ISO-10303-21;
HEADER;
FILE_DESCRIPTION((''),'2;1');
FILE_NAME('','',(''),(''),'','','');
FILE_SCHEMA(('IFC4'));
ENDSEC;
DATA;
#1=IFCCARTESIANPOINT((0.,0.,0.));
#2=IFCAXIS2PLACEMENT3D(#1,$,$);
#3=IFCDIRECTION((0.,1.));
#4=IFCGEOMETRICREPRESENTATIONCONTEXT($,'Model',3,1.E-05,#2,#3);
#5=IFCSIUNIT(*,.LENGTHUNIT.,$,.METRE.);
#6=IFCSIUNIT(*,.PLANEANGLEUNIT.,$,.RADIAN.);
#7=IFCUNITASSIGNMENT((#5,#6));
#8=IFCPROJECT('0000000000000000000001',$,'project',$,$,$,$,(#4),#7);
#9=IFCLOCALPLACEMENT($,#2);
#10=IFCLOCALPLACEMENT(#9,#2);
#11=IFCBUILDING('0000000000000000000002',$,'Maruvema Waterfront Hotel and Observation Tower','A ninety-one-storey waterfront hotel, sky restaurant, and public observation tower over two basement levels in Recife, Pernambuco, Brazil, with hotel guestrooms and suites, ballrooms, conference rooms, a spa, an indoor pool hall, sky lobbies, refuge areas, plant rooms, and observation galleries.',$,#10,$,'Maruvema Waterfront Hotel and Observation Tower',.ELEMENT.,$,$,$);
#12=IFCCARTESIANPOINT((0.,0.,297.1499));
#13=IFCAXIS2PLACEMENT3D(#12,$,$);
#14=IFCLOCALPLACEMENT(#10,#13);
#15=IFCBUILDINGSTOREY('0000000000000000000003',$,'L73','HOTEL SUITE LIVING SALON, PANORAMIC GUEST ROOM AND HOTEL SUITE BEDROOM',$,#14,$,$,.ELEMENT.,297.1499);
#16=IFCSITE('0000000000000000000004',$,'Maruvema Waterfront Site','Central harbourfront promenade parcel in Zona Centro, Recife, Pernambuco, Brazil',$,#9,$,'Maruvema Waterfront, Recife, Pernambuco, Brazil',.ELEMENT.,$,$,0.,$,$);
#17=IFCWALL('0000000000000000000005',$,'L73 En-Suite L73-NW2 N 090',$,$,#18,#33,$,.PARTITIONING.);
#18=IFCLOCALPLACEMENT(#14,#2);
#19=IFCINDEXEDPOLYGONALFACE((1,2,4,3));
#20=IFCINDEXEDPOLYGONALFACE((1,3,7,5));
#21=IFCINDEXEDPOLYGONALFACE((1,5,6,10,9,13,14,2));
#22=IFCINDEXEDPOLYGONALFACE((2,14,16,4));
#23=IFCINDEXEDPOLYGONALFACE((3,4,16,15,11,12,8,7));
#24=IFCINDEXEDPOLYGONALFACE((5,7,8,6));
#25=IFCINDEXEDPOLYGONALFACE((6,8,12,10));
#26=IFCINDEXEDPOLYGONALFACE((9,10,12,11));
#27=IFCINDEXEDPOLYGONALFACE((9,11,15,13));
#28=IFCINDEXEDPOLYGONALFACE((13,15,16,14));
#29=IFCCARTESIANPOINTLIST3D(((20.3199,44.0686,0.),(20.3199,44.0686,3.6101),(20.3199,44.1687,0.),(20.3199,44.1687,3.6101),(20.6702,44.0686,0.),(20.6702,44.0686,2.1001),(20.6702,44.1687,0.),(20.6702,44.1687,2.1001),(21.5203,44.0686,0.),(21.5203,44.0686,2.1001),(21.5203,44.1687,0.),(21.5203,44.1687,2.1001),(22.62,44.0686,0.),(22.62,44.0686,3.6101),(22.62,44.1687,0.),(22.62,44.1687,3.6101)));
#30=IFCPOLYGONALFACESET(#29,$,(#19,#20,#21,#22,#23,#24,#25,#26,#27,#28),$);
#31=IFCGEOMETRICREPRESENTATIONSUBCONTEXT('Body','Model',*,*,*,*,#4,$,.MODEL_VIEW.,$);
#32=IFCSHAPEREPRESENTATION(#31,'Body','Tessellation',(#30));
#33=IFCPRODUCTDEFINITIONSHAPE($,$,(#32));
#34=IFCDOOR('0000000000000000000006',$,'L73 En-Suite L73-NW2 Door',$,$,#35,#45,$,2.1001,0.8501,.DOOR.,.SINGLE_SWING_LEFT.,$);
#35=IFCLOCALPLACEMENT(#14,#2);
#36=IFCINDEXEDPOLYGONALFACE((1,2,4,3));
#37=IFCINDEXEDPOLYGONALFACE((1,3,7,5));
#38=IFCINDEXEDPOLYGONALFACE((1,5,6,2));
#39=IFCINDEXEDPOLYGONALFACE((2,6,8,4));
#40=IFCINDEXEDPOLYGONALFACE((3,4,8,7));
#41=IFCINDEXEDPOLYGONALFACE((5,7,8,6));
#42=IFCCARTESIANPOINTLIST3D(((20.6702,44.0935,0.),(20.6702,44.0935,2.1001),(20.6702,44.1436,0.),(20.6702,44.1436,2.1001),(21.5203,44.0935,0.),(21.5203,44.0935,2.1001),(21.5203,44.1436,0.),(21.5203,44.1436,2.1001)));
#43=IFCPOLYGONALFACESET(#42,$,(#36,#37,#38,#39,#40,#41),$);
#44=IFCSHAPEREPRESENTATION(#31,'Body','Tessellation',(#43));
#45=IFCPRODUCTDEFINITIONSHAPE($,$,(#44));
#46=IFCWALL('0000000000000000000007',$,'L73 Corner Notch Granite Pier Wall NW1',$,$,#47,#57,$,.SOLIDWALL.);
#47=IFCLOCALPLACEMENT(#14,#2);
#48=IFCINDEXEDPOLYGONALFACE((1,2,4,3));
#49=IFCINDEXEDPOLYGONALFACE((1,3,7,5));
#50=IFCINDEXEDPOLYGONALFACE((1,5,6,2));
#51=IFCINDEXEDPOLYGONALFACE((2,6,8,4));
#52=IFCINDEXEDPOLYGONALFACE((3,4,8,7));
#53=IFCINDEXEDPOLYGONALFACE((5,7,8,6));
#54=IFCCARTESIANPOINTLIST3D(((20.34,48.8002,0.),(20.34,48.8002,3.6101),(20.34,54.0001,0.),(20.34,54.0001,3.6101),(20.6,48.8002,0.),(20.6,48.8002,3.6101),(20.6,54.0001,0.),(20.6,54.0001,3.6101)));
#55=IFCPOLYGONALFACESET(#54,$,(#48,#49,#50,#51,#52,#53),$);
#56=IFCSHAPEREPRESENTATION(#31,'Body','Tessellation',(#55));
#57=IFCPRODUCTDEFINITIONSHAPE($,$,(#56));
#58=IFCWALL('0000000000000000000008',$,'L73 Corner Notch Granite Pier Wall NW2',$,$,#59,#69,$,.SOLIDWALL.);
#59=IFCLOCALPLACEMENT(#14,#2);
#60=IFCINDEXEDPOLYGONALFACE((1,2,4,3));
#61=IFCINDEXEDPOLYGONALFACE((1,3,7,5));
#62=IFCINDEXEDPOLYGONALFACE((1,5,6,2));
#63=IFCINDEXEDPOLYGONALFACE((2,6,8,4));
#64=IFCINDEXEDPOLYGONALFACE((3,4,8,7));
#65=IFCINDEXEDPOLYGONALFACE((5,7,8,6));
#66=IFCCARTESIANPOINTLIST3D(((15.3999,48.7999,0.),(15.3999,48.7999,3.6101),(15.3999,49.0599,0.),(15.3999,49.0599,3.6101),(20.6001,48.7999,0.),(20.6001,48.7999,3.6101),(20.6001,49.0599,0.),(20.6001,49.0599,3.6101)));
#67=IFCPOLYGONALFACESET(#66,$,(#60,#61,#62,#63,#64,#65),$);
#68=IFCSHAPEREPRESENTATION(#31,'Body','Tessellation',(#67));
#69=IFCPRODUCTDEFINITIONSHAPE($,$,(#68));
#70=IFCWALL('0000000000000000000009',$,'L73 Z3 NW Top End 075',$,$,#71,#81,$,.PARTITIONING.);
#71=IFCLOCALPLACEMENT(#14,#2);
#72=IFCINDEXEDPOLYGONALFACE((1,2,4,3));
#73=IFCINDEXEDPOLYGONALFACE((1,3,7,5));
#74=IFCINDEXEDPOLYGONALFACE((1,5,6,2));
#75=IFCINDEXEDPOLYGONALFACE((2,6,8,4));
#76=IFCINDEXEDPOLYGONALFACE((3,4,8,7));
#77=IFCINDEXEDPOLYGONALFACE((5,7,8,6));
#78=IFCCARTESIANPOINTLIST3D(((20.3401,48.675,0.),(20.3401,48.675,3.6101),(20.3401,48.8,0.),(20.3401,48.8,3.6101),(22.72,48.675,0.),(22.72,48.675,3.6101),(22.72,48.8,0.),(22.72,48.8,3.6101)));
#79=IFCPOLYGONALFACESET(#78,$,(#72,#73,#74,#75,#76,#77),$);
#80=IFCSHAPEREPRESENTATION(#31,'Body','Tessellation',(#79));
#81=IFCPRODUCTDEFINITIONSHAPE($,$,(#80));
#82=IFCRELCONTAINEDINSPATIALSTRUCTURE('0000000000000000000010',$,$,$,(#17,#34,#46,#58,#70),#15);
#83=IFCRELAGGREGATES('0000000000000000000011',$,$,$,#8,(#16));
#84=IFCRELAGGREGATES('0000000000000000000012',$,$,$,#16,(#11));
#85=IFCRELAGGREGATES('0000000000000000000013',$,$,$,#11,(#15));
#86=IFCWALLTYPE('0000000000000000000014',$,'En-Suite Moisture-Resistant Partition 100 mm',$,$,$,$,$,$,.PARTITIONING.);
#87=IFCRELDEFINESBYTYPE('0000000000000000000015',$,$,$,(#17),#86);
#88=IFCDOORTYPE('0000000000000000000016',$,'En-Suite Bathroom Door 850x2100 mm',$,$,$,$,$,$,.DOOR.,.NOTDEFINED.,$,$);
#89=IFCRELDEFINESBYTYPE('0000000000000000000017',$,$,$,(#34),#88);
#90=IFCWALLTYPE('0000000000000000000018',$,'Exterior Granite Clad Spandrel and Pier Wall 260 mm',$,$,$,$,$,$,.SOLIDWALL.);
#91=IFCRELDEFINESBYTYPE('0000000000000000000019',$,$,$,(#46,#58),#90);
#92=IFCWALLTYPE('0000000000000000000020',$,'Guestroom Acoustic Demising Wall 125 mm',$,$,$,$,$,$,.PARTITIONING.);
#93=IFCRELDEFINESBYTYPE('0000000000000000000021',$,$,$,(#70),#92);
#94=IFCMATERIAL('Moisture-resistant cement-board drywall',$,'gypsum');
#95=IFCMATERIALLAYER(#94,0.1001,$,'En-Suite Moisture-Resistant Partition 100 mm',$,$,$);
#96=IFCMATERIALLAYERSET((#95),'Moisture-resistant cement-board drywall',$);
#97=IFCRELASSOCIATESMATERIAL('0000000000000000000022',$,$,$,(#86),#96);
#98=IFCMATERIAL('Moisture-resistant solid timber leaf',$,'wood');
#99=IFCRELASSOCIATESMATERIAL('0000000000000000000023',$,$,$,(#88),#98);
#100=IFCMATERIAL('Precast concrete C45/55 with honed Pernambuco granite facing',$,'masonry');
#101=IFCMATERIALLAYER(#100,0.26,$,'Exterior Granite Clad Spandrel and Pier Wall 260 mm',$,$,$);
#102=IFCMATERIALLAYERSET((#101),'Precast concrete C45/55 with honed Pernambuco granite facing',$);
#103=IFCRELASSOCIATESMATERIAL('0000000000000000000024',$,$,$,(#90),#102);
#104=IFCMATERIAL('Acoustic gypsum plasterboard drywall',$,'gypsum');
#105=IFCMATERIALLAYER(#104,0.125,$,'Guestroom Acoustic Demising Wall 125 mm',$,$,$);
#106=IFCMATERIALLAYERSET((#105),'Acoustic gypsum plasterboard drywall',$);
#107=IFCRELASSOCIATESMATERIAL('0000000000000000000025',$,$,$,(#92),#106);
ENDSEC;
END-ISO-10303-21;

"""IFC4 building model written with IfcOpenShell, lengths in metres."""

from ifc_helpers import new_model, si_unit, direction, frame, frame_2d, origin, place, context, subcontext, project, spatial, rectangle, extrude, material, layer, layer_set, type_object, element, fill, save


model = new_model("IFC4")

# Units and contexts
model_context = context("Model", 3, precision=1e-05, world=origin(), true_north=direction((0.0, 1.0)))
body_context = subcontext(model_context, "Body", "Model", "MODEL_VIEW")
ifc_project = project(units=[si_unit("LENGTHUNIT", "METRE"), si_unit("PLANEANGLEUNIT", "RADIAN")], contexts=[model_context])

# Site, building, storey
site_placement = place(None, origin())
site = spatial("IfcSite", under=ifc_project, at=site_placement, Name="Maruvema Waterfront Site", Description="Central harbourfront promenade parcel in Zona Centro, Recife, Pernambuco, Brazil", LongName="Maruvema Waterfront, Recife, Pernambuco, Brazil", CompositionType="ELEMENT", RefElevation=0.0)
building_placement = place(site_placement, origin())
building = spatial("IfcBuilding", under=site, at=building_placement, Name="Maruvema Waterfront Hotel and Observation Tower", Description="A ninety-one-storey waterfront hotel, sky restaurant, and public observation tower over two basement levels in Recife, Pernambuco, Brazil, with hotel guestrooms and suites, ballrooms, conference rooms, a spa, an indoor pool hall, sky lobbies, refuge areas, plant rooms, and observation galleries.", LongName="Maruvema Waterfront Hotel and Observation Tower", CompositionType="ELEMENT")
storey_placement = place(building_placement, frame((0.0, 0.0, 297.1499)))
storey = spatial("IfcBuildingStorey", under=building, at=storey_placement, Name="L73", Description="HOTEL SUITE LIVING SALON, PANORAMIC GUEST ROOM AND HOTEL SUITE BEDROOM", CompositionType="ELEMENT", Elevation=297.1499)

# Wall, opening, door
ifc_material_1 = material(Name="Moisture-resistant cement-board drywall", Category="gypsum")
ifc_layer_1 = layer(ifc_material_1, 0.1001, Name="En-Suite Moisture-Resistant Partition 100 mm")
ifc_layer_set_1 = layer_set([ifc_layer_1], Name="Moisture-resistant cement-board drywall")
wall_type_1 = type_object("IfcWallType", Name="En-Suite Moisture-Resistant Partition 100 mm", PredefinedType="PARTITIONING", material=ifc_layer_set_1)
wall_1_placement = place(storey_placement, frame((20.3201, 44.1187, 0.0), z_axis=(0.0, 0.0, 1.0), x_axis=(1.0, 0.0, 0.0)))
wall_1 = element("IfcWall", 1, at=wall_1_placement, inside=storey, type_object=wall_type_1, Name="L73 En-Suite L73-NW2 N 090", PredefinedType="PARTITIONING", context=body_context, shape_type="SweptSolid", body=[
    extrude(rectangle(XDim=2.3, YDim=0.1001, at=frame_2d((1.1499, 0.0))), origin(), (0.0, 0.0, 1.0), 3.6101),
])
opening_1_placement = place(wall_1_placement, frame((0.3501, 0.0, 0.0)))
opening_1 = element("IfcOpeningElement", 2, at=opening_1_placement, cuts=wall_1, PredefinedType="OPENING", context=body_context, shape_type="SweptSolid", body=[
    extrude(rectangle(XDim=0.8501, YDim=2.1001, at=frame_2d((0.425, 1.05))), frame((0.0, 0.0601, 0.0), z_axis=(0.0, -1.0, 0.0), x_axis=(1.0, 0.0, 0.0)), (0.0, 0.0, 1.0), 0.1201),
])
ifc_material_2 = material(Name="Moisture-resistant solid timber leaf", Category="wood")
door_type_1 = type_object("IfcDoorType", Name="En-Suite Bathroom Door 850x2100 mm", OperationType="NOTDEFINED", PredefinedType="DOOR", material=ifc_material_2)
door_1_placement = place(opening_1_placement, origin())
door_1 = element("IfcDoor", 3, at=door_1_placement, inside=storey, type_object=door_type_1, Name="L73 En-Suite L73-NW2 Door", OperationType="SINGLE_SWING_LEFT", OverallHeight=2.1001, OverallWidth=0.8501, PredefinedType="DOOR", context=body_context, shape_type="SweptSolid", body=[
    extrude(rectangle(XDim=0.8501, YDim=2.1001, at=frame_2d((0.425, 1.05))), frame((0.0, 0.0249, 0.0), z_axis=(0.0, -1.0, 0.0), x_axis=(1.0, 0.0, 0.0)), (0.0, 0.0, 1.0), 0.05),
])
fill(opening_1, door_1)

# Walls
ifc_material_3 = material(Name="Precast concrete C45/55 with honed Pernambuco granite facing", Category="masonry")
ifc_layer_2 = layer(ifc_material_3, 0.26, Name="Exterior Granite Clad Spandrel and Pier Wall 260 mm")
ifc_layer_set_2 = layer_set([ifc_layer_2], Name="Precast concrete C45/55 with honed Pernambuco granite facing")
wall_type_2 = type_object("IfcWallType", Name="Exterior Granite Clad Spandrel and Pier Wall 260 mm", PredefinedType="SOLIDWALL", material=ifc_layer_set_2)
wall_2_placement = place(storey_placement, frame((20.47, 48.8, 0.0), z_axis=(0.0, 0.0, 1.0), x_axis=(0.0, 1.0, 0.0)))
element("IfcWall", 4, at=wall_2_placement, inside=storey, type_object=wall_type_2, Name="L73 Corner Notch Granite Pier Wall NW1", PredefinedType="SOLIDWALL", context=body_context, shape_type="SweptSolid", body=[
    extrude(rectangle(XDim=5.2, YDim=0.26, at=frame_2d((2.6001, 0.0))), origin(), (0.0, 0.0, 1.0), 3.6101),
])
wall_3_placement = place(storey_placement, frame((15.3999, 48.9299, 0.0), z_axis=(0.0, 0.0, 1.0), x_axis=(1.0, 0.0, 0.0)))
element("IfcWall", 5, at=wall_3_placement, inside=storey, type_object=wall_type_2, Name="L73 Corner Notch Granite Pier Wall NW2", PredefinedType="SOLIDWALL", context=body_context, shape_type="SweptSolid", body=[
    extrude(rectangle(XDim=5.2002, YDim=0.26, at=frame_2d((2.6001, 0.0))), origin(), (0.0, 0.0, 1.0), 3.6101),
])
ifc_material_4 = material(Name="Acoustic gypsum plasterboard drywall", Category="gypsum")
ifc_layer_3 = layer(ifc_material_4, 0.125, Name="Guestroom Acoustic Demising Wall 125 mm")
ifc_layer_set_3 = layer_set([ifc_layer_3], Name="Acoustic gypsum plasterboard drywall")
wall_type_3 = type_object("IfcWallType", Name="Guestroom Acoustic Demising Wall 125 mm", PredefinedType="PARTITIONING", material=ifc_layer_set_3)
wall_4_placement = place(storey_placement, frame((20.3401, 48.7375, 0.0), z_axis=(0.0, 0.0, 1.0), x_axis=(1.0, 0.0, 0.0)))
element("IfcWall", 6, at=wall_4_placement, inside=storey, type_object=wall_type_3, Name="L73 Z3 NW Top End 075", PredefinedType="PARTITIONING", context=body_context, shape_type="SweptSolid", body=[
    extrude(rectangle(XDim=2.3799, YDim=0.125, at=frame_2d((1.1899, 0.0))), origin(), (0.0, 0.0, 1.0), 3.6101),
])

save(model, "model.ifc")
